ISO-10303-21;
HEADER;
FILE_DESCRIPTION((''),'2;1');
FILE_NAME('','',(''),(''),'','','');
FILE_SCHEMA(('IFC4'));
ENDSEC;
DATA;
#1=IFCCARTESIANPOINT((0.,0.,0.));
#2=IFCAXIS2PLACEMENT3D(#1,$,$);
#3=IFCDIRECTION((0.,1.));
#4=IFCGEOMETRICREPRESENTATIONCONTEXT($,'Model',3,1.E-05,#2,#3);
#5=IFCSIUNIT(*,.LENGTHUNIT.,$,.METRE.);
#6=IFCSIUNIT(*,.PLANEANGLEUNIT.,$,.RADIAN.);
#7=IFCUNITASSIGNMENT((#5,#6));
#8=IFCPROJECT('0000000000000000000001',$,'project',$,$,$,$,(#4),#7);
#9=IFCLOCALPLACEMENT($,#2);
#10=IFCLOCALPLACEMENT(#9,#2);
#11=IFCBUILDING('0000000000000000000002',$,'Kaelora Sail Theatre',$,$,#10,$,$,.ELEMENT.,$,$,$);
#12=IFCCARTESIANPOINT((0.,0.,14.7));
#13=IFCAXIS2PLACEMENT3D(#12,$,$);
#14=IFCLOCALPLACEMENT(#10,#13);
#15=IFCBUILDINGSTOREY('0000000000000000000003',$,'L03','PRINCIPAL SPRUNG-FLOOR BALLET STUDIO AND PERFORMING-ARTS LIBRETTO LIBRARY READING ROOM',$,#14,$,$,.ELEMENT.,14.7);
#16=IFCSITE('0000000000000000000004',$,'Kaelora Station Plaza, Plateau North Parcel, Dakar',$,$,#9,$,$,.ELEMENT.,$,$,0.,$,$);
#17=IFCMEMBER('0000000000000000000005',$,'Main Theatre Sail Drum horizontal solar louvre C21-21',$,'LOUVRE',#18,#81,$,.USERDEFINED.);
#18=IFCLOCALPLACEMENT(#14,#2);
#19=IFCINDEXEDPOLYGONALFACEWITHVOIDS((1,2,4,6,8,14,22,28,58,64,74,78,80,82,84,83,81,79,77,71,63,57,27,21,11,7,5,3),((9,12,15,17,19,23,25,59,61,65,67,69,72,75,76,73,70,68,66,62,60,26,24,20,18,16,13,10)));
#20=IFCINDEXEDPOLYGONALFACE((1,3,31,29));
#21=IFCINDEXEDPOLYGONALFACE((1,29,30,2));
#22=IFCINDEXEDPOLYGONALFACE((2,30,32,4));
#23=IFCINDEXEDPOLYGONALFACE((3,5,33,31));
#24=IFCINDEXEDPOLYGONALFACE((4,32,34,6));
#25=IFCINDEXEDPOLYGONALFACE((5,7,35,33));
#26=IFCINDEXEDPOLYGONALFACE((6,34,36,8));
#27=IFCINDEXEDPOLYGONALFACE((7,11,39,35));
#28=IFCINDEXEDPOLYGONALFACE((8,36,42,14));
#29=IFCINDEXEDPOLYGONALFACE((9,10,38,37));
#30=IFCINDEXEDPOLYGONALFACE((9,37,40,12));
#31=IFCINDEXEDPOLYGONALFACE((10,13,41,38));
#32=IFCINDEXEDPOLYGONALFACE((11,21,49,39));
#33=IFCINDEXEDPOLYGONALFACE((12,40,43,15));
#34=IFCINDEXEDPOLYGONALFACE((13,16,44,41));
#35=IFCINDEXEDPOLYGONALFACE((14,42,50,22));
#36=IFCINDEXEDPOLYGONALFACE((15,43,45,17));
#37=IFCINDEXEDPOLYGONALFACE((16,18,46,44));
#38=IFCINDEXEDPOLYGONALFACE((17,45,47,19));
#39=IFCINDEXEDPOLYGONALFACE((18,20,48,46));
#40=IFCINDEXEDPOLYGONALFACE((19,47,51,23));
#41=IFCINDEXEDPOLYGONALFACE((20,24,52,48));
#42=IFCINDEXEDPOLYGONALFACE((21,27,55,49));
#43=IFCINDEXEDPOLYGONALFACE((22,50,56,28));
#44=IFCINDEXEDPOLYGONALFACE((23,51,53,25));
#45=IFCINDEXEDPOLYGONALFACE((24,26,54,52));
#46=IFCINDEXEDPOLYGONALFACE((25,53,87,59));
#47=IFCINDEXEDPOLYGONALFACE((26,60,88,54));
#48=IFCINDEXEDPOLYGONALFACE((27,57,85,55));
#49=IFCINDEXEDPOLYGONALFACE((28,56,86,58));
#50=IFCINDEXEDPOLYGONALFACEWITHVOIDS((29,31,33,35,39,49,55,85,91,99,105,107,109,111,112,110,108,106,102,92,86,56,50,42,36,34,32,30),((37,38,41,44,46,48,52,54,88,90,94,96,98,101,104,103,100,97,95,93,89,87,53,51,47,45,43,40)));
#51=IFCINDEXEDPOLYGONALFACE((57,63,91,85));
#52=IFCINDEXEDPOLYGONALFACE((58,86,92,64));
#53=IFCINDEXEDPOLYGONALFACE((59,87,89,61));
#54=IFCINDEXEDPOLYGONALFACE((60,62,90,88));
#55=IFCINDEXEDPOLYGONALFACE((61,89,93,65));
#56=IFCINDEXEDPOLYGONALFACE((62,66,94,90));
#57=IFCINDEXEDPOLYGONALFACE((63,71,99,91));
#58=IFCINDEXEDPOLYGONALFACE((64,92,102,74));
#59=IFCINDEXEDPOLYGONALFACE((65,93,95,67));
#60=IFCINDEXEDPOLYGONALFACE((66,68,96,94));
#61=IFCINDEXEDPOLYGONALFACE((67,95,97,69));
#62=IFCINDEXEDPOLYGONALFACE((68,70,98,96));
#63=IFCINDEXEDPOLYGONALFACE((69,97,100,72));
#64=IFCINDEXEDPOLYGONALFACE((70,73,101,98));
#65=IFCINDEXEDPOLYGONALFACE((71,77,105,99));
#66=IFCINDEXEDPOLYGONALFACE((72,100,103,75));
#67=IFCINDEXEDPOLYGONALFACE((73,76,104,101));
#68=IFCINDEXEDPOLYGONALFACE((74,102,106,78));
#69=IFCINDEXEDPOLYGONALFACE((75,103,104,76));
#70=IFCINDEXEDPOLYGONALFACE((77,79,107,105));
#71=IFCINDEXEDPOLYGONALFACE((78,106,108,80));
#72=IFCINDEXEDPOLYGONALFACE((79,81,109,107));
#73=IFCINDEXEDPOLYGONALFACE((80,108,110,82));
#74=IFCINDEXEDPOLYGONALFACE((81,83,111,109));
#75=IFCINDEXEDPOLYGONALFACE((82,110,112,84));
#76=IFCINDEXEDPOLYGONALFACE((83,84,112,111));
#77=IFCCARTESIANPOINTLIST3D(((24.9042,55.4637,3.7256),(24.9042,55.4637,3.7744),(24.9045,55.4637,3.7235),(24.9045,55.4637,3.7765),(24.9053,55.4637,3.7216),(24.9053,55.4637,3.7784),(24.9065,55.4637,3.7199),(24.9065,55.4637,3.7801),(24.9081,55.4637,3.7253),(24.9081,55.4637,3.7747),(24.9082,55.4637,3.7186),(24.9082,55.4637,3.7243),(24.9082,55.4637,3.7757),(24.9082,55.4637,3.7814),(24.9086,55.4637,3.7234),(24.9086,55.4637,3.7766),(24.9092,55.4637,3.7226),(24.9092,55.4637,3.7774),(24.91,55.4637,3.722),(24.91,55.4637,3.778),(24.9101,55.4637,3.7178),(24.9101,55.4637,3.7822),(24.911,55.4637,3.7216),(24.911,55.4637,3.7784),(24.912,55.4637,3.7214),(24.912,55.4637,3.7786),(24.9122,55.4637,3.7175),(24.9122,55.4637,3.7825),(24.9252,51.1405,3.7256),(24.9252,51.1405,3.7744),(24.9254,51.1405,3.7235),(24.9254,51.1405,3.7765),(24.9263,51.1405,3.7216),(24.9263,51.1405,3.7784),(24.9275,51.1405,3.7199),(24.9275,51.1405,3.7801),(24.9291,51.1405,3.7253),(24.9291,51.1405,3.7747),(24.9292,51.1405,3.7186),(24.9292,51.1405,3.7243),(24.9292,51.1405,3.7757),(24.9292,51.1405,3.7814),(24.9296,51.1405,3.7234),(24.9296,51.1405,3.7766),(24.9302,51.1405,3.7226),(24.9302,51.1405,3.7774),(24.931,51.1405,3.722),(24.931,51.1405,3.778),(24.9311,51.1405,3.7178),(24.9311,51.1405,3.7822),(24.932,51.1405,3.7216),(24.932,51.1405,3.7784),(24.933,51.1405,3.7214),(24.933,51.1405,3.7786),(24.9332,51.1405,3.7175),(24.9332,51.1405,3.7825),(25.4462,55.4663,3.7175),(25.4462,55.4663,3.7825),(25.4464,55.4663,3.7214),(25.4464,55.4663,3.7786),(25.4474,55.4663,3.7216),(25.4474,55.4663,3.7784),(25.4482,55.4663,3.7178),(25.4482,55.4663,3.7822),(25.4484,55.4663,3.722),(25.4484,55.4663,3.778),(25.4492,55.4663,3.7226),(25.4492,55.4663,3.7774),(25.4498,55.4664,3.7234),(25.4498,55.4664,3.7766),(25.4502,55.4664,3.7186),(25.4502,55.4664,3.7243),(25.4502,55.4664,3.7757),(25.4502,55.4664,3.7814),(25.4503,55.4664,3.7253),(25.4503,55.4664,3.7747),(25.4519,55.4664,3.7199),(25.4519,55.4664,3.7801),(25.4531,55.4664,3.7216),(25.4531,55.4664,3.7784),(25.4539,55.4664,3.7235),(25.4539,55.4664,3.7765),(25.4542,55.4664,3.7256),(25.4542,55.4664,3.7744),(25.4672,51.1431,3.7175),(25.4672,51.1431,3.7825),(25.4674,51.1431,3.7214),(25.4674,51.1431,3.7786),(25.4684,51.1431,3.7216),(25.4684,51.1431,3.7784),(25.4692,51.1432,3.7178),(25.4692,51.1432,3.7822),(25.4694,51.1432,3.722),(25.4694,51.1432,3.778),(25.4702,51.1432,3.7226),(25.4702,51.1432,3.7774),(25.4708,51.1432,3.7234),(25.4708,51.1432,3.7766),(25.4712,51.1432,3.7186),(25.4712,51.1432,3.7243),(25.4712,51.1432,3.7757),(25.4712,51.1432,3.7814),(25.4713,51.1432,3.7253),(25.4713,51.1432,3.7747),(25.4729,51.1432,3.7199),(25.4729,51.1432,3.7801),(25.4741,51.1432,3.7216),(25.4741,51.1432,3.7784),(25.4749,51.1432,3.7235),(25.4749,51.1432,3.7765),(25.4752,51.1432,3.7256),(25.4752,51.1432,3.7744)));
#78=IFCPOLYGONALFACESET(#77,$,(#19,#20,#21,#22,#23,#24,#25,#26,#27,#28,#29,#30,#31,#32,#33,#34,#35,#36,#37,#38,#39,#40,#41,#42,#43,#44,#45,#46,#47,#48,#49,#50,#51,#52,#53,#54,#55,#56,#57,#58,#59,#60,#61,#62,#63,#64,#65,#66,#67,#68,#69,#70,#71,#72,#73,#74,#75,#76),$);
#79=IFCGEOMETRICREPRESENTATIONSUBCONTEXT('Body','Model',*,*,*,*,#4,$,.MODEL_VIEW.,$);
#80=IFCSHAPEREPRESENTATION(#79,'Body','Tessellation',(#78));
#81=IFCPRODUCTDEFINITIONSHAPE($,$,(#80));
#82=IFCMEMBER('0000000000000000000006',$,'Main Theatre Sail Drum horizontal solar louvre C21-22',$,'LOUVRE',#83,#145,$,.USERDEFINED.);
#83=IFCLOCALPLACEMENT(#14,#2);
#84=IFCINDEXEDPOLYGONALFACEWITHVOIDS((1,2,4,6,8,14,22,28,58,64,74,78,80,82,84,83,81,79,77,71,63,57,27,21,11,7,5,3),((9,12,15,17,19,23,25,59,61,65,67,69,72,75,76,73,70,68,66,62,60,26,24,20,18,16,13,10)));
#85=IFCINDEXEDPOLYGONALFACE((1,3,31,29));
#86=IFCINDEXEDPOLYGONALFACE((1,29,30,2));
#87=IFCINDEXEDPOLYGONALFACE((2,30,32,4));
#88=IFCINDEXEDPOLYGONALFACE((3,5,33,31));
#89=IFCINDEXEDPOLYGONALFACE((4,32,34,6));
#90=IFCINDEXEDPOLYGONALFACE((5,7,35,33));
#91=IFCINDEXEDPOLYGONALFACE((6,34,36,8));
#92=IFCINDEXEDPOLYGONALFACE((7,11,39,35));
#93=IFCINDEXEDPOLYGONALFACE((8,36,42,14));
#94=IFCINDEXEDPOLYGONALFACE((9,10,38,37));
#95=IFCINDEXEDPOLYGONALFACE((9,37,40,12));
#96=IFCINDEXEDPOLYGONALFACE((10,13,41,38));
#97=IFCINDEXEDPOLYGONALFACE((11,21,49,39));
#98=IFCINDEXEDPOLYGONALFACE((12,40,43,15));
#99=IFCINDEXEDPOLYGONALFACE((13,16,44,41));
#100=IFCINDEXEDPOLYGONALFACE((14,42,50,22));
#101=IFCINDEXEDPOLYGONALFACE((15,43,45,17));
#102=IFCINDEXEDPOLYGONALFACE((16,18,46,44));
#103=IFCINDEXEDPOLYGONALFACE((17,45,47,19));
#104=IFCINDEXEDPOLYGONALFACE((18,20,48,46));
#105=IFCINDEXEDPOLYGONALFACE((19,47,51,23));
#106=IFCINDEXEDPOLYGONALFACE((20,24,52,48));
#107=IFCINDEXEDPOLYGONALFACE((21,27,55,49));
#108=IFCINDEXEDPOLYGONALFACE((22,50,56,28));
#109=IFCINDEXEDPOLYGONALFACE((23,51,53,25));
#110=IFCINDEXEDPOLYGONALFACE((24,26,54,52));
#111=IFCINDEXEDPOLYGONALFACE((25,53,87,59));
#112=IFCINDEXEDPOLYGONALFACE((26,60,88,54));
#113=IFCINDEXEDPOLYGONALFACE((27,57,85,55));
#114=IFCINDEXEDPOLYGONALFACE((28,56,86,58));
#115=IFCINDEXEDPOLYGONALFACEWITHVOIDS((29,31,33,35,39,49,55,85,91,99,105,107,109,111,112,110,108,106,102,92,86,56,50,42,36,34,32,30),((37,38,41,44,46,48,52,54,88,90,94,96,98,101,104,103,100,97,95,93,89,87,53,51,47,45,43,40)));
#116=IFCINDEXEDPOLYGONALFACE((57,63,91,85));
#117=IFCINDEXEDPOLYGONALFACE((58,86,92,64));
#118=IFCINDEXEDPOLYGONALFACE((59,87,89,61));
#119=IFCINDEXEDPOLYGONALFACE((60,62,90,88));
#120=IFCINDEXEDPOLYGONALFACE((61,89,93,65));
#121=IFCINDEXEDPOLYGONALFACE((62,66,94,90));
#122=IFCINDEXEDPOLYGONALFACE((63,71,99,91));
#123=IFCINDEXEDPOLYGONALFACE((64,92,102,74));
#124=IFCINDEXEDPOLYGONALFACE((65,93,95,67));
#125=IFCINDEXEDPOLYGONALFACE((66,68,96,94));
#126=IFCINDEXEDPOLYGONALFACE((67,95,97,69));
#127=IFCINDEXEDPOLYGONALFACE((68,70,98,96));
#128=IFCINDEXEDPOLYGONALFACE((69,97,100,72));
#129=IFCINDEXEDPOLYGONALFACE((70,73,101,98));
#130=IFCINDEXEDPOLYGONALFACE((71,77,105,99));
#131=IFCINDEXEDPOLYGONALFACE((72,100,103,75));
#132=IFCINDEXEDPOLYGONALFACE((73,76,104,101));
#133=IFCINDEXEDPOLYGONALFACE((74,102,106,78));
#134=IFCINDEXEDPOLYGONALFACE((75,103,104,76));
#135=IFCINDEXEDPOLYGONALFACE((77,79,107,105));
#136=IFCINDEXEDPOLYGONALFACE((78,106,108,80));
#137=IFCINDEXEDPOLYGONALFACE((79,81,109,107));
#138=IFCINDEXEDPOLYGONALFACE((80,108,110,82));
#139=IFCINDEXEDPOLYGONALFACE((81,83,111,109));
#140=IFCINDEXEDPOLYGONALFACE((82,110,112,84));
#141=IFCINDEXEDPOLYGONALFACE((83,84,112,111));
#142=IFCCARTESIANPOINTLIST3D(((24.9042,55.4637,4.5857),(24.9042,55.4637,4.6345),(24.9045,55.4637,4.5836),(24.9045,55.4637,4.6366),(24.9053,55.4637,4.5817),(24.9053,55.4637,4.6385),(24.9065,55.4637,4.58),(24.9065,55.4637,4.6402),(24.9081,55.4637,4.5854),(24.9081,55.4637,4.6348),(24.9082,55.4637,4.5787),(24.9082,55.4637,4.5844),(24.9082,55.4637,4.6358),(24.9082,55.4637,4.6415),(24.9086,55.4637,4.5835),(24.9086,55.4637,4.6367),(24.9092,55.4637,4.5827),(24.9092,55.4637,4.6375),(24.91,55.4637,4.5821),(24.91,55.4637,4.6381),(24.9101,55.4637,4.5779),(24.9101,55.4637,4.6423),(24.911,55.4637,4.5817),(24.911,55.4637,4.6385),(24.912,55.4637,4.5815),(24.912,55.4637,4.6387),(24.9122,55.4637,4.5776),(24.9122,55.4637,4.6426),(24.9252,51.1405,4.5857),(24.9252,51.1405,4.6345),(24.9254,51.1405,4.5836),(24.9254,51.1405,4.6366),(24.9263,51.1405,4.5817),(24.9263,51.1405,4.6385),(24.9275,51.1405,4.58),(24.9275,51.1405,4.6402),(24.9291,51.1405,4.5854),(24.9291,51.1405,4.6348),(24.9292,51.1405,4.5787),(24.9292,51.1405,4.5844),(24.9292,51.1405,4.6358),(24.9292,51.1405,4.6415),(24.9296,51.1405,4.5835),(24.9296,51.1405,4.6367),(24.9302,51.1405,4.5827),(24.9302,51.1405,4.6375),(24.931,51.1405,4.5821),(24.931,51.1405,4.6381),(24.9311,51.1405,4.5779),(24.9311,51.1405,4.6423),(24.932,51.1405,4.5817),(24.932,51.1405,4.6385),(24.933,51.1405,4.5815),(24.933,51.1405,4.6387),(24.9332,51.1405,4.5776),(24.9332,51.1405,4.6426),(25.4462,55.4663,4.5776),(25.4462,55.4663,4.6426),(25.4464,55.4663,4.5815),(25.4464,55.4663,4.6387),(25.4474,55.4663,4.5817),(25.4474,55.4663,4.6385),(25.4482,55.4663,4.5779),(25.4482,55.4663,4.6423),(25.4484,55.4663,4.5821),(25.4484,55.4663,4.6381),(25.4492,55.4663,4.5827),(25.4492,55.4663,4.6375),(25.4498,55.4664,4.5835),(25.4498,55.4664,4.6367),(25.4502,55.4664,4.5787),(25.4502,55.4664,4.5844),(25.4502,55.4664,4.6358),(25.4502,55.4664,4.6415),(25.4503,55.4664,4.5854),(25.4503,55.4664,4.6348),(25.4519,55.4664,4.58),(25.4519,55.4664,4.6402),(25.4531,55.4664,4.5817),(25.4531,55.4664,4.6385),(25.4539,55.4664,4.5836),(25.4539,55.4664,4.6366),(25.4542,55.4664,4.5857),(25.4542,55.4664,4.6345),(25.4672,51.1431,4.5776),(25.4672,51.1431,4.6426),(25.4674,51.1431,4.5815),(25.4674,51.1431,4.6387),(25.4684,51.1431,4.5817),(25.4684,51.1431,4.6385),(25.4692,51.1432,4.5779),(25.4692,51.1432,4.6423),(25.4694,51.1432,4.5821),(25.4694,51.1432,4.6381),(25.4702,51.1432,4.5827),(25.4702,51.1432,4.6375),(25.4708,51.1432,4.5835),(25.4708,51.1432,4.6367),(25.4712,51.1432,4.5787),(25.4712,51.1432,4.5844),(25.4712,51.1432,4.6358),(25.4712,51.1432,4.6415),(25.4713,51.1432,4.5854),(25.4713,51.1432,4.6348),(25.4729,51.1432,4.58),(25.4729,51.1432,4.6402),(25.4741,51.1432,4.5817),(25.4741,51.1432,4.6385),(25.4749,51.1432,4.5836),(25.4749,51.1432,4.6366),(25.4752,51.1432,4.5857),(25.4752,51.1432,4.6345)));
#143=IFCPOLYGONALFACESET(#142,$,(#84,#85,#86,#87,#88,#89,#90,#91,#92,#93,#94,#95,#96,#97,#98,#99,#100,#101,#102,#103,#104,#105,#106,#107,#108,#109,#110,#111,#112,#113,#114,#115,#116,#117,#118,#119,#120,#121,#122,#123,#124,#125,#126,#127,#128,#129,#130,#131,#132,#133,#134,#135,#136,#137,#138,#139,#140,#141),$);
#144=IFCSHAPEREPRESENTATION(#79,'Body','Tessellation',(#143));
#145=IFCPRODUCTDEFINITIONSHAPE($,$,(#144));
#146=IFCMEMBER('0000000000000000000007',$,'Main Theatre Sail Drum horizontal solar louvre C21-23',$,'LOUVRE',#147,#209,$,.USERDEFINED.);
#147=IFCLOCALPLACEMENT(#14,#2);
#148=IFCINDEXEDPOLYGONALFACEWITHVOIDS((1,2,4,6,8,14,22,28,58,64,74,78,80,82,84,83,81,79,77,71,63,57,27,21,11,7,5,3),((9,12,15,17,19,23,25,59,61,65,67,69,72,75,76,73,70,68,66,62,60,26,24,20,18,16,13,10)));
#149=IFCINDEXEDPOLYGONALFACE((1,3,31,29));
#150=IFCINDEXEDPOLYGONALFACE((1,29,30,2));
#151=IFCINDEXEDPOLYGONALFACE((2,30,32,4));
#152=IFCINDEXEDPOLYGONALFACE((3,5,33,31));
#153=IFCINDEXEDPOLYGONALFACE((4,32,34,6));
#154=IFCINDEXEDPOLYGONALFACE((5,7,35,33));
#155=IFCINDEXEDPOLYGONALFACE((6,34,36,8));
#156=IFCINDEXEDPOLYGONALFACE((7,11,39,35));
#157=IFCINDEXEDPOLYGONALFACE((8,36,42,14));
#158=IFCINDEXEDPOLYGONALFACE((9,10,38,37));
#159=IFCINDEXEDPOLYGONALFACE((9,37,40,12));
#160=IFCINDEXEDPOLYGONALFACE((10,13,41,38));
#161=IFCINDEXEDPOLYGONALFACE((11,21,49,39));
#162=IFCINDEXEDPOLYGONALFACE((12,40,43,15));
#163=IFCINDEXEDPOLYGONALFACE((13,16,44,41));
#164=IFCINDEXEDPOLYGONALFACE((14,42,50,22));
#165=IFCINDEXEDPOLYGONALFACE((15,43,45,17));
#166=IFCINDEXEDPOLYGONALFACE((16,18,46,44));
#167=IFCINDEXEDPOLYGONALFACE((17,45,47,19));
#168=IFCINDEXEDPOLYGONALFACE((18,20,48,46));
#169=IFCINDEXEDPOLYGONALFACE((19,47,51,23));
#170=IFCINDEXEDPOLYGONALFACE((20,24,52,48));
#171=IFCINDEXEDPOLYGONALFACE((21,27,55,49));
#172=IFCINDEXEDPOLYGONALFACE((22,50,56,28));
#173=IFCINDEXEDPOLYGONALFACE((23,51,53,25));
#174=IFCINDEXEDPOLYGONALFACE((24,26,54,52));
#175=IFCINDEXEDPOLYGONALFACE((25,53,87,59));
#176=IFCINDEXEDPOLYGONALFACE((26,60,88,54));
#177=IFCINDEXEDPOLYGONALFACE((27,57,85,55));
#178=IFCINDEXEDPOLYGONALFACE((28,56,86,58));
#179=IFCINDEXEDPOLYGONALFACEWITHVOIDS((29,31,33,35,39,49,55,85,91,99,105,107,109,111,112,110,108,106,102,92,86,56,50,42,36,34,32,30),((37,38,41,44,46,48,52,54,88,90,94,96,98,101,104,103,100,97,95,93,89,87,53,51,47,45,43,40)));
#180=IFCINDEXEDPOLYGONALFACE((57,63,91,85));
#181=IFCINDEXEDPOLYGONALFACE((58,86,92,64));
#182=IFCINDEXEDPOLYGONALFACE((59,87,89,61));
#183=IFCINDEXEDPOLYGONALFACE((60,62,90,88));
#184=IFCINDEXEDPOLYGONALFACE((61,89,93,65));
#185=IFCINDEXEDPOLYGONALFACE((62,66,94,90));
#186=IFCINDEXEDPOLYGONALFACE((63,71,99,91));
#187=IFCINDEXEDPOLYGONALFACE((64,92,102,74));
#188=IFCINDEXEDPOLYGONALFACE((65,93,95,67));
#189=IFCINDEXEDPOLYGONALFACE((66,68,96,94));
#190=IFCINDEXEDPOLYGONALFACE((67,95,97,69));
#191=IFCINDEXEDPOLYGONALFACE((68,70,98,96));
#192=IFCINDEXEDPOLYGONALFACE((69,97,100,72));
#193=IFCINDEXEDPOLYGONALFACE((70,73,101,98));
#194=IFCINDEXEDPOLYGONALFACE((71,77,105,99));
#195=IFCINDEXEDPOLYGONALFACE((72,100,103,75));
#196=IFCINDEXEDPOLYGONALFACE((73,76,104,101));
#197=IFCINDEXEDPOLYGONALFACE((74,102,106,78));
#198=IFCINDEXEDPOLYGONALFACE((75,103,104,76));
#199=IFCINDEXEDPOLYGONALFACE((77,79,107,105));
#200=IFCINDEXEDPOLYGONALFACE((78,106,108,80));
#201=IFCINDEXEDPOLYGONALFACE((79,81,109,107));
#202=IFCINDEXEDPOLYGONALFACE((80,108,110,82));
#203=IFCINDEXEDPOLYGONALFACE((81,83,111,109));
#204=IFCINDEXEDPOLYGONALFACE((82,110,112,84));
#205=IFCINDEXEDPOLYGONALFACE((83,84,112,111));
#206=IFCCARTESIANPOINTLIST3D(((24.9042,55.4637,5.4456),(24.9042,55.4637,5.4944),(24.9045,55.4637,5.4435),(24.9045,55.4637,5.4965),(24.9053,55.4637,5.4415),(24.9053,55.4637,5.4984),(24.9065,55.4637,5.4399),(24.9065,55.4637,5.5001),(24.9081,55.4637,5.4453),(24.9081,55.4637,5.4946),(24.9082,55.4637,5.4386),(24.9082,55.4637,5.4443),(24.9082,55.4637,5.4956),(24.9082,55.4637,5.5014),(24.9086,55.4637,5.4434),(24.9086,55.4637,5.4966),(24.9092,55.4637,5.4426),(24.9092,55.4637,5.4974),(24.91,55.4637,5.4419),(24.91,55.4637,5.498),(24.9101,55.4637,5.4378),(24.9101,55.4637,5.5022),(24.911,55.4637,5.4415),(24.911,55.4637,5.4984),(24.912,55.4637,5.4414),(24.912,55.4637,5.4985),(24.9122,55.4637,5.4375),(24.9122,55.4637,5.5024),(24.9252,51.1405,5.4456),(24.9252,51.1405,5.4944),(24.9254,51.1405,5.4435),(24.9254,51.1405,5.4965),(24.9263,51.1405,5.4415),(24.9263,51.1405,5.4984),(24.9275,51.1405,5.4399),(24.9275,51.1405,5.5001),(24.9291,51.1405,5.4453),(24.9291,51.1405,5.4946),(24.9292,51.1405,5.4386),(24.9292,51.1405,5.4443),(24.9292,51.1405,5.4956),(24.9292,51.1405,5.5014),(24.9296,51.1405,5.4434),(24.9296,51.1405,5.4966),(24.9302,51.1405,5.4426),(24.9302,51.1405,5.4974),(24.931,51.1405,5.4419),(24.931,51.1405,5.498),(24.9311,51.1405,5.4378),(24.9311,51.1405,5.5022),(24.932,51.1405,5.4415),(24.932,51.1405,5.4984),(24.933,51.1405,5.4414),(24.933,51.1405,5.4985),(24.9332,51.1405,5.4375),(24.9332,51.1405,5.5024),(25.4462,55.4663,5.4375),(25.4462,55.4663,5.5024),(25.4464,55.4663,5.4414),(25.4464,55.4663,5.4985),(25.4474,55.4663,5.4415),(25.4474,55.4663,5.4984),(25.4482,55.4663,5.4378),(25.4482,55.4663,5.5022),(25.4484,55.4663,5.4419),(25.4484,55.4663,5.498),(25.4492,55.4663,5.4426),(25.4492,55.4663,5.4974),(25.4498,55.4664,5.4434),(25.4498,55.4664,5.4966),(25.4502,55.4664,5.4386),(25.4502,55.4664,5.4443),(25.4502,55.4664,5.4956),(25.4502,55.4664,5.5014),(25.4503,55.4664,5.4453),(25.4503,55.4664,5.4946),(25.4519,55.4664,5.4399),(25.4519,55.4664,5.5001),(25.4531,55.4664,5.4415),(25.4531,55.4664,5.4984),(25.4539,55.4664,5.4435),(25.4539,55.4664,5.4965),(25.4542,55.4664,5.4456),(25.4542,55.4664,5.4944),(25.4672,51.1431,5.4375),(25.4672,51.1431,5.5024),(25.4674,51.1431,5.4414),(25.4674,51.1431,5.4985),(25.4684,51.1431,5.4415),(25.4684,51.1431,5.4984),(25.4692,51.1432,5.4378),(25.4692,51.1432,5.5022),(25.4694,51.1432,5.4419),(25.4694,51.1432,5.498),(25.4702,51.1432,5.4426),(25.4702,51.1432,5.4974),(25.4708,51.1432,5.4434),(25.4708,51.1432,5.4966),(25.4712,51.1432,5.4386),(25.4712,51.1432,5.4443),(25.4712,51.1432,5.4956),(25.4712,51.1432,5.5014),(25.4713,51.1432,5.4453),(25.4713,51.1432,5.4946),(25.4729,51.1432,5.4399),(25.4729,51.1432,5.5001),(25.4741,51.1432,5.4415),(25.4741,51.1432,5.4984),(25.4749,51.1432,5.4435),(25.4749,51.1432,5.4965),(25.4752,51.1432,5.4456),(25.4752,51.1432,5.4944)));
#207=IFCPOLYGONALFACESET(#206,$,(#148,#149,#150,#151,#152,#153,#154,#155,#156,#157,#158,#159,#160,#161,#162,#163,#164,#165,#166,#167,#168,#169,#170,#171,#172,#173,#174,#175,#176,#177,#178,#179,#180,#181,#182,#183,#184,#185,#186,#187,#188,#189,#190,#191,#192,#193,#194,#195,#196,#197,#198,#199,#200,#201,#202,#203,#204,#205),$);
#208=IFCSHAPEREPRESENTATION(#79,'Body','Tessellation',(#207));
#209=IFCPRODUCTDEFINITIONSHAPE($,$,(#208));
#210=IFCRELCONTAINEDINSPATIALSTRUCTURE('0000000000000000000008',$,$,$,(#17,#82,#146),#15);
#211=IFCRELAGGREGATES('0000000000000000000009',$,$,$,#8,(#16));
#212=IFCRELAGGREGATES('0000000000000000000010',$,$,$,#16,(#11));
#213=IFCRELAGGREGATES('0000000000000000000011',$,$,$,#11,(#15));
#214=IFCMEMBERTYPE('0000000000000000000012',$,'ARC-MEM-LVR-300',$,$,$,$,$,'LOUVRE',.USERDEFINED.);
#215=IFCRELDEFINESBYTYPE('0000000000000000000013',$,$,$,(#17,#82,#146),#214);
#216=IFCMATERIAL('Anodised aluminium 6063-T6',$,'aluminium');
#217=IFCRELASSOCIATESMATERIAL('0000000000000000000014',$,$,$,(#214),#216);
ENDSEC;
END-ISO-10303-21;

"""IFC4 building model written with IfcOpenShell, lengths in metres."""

from ifc_helpers import new_model, si_unit, direction, frame, origin, origin_2d, place, context, subcontext, project, spatial, hollow_rectangle, extrude, material, material_profile, profile_set, type_object, element, save


model = new_model("IFC4")

# Units and contexts
model_context = context("Model", 3, precision=1e-05, world=origin(), true_north=direction((0.0, 1.0)))
body_context = subcontext(model_context, "Body", "Model", "MODEL_VIEW")
ifc_project = project(units=[si_unit("LENGTHUNIT", "METRE"), si_unit("PLANEANGLEUNIT", "RADIAN")], contexts=[model_context])

# Site, building, storey
site_placement = place(None, origin())
site = spatial("IfcSite", under=ifc_project, at=site_placement, Name="Kaelora Station Plaza, Plateau North Parcel, Dakar", CompositionType="ELEMENT", RefElevation=0.0)
building_placement = place(site_placement, origin())
building = spatial("IfcBuilding", under=site, at=building_placement, Name="Kaelora Sail Theatre", CompositionType="ELEMENT")
storey_placement = place(building_placement, frame((0.0, 0.0, 14.7)))
storey = spatial("IfcBuildingStorey", under=building, at=storey_placement, Name="L03", Description="PRINCIPAL SPRUNG-FLOOR BALLET STUDIO AND PERFORMING-ARTS LIBRETTO LIBRARY READING ROOM", CompositionType="ELEMENT", Elevation=14.7)

# Members
ifc_material_1 = material(Name="Anodised aluminium 6063-T6", Category="aluminium")
ifc_material_profile_1 = material_profile(ifc_material_1, hollow_rectangle(XDim=0.55, YDim=0.0649, WallThickness=0.0039, InnerFilletRadius=0.0039, OuterFilletRadius=0.0081, at=origin_2d()), Name="LOUVRE 550x65x4")
ifc_profile_set_1 = profile_set([ifc_material_profile_1], Name="Anodised aluminium 6063-T6")
member_type = type_object("IfcMemberType", Name="ARC-MEM-LVR-300", ElementType="LOUVRE", PredefinedType="USERDEFINED", material=ifc_profile_set_1)
for number, where, z_axis, x_axis, name in (
    (1, (25.2002, 51.1418, 3.75), (-0.004857, 0.999988, 0.0), (-0.999988, -0.004857, 0.0), "Main Theatre Sail Drum horizontal solar louvre C21-21"),
    (2, (25.2002, 51.1418, 4.6101), (-0.004857, 0.999988, 0.0), (-0.999988, -0.004857, 0.0), "Main Theatre Sail Drum horizontal solar louvre C21-22"),
    (3, (25.2002, 51.1418, 5.47), (-0.004857, 0.999988, 0.0), (-0.999988, -0.004857, 0.0), "Main Theatre Sail Drum horizontal solar louvre C21-23"),
):
    element("IfcMember", number, at=place(storey_placement, frame(where, z_axis=z_axis, x_axis=x_axis)), inside=storey, type_object=member_type, Name=name, ObjectType="LOUVRE", PredefinedType="USERDEFINED", context=body_context, shape_type="SweptSolid", body=[
        extrude(hollow_rectangle(XDim=0.55, YDim=0.0649, WallThickness=0.0039, InnerFilletRadius=0.0039, OuterFilletRadius=0.0081, at=origin_2d()), origin(), (0.0, 0.0, 1.0), 4.3232),
    ])

save(model, "model.ifc")
